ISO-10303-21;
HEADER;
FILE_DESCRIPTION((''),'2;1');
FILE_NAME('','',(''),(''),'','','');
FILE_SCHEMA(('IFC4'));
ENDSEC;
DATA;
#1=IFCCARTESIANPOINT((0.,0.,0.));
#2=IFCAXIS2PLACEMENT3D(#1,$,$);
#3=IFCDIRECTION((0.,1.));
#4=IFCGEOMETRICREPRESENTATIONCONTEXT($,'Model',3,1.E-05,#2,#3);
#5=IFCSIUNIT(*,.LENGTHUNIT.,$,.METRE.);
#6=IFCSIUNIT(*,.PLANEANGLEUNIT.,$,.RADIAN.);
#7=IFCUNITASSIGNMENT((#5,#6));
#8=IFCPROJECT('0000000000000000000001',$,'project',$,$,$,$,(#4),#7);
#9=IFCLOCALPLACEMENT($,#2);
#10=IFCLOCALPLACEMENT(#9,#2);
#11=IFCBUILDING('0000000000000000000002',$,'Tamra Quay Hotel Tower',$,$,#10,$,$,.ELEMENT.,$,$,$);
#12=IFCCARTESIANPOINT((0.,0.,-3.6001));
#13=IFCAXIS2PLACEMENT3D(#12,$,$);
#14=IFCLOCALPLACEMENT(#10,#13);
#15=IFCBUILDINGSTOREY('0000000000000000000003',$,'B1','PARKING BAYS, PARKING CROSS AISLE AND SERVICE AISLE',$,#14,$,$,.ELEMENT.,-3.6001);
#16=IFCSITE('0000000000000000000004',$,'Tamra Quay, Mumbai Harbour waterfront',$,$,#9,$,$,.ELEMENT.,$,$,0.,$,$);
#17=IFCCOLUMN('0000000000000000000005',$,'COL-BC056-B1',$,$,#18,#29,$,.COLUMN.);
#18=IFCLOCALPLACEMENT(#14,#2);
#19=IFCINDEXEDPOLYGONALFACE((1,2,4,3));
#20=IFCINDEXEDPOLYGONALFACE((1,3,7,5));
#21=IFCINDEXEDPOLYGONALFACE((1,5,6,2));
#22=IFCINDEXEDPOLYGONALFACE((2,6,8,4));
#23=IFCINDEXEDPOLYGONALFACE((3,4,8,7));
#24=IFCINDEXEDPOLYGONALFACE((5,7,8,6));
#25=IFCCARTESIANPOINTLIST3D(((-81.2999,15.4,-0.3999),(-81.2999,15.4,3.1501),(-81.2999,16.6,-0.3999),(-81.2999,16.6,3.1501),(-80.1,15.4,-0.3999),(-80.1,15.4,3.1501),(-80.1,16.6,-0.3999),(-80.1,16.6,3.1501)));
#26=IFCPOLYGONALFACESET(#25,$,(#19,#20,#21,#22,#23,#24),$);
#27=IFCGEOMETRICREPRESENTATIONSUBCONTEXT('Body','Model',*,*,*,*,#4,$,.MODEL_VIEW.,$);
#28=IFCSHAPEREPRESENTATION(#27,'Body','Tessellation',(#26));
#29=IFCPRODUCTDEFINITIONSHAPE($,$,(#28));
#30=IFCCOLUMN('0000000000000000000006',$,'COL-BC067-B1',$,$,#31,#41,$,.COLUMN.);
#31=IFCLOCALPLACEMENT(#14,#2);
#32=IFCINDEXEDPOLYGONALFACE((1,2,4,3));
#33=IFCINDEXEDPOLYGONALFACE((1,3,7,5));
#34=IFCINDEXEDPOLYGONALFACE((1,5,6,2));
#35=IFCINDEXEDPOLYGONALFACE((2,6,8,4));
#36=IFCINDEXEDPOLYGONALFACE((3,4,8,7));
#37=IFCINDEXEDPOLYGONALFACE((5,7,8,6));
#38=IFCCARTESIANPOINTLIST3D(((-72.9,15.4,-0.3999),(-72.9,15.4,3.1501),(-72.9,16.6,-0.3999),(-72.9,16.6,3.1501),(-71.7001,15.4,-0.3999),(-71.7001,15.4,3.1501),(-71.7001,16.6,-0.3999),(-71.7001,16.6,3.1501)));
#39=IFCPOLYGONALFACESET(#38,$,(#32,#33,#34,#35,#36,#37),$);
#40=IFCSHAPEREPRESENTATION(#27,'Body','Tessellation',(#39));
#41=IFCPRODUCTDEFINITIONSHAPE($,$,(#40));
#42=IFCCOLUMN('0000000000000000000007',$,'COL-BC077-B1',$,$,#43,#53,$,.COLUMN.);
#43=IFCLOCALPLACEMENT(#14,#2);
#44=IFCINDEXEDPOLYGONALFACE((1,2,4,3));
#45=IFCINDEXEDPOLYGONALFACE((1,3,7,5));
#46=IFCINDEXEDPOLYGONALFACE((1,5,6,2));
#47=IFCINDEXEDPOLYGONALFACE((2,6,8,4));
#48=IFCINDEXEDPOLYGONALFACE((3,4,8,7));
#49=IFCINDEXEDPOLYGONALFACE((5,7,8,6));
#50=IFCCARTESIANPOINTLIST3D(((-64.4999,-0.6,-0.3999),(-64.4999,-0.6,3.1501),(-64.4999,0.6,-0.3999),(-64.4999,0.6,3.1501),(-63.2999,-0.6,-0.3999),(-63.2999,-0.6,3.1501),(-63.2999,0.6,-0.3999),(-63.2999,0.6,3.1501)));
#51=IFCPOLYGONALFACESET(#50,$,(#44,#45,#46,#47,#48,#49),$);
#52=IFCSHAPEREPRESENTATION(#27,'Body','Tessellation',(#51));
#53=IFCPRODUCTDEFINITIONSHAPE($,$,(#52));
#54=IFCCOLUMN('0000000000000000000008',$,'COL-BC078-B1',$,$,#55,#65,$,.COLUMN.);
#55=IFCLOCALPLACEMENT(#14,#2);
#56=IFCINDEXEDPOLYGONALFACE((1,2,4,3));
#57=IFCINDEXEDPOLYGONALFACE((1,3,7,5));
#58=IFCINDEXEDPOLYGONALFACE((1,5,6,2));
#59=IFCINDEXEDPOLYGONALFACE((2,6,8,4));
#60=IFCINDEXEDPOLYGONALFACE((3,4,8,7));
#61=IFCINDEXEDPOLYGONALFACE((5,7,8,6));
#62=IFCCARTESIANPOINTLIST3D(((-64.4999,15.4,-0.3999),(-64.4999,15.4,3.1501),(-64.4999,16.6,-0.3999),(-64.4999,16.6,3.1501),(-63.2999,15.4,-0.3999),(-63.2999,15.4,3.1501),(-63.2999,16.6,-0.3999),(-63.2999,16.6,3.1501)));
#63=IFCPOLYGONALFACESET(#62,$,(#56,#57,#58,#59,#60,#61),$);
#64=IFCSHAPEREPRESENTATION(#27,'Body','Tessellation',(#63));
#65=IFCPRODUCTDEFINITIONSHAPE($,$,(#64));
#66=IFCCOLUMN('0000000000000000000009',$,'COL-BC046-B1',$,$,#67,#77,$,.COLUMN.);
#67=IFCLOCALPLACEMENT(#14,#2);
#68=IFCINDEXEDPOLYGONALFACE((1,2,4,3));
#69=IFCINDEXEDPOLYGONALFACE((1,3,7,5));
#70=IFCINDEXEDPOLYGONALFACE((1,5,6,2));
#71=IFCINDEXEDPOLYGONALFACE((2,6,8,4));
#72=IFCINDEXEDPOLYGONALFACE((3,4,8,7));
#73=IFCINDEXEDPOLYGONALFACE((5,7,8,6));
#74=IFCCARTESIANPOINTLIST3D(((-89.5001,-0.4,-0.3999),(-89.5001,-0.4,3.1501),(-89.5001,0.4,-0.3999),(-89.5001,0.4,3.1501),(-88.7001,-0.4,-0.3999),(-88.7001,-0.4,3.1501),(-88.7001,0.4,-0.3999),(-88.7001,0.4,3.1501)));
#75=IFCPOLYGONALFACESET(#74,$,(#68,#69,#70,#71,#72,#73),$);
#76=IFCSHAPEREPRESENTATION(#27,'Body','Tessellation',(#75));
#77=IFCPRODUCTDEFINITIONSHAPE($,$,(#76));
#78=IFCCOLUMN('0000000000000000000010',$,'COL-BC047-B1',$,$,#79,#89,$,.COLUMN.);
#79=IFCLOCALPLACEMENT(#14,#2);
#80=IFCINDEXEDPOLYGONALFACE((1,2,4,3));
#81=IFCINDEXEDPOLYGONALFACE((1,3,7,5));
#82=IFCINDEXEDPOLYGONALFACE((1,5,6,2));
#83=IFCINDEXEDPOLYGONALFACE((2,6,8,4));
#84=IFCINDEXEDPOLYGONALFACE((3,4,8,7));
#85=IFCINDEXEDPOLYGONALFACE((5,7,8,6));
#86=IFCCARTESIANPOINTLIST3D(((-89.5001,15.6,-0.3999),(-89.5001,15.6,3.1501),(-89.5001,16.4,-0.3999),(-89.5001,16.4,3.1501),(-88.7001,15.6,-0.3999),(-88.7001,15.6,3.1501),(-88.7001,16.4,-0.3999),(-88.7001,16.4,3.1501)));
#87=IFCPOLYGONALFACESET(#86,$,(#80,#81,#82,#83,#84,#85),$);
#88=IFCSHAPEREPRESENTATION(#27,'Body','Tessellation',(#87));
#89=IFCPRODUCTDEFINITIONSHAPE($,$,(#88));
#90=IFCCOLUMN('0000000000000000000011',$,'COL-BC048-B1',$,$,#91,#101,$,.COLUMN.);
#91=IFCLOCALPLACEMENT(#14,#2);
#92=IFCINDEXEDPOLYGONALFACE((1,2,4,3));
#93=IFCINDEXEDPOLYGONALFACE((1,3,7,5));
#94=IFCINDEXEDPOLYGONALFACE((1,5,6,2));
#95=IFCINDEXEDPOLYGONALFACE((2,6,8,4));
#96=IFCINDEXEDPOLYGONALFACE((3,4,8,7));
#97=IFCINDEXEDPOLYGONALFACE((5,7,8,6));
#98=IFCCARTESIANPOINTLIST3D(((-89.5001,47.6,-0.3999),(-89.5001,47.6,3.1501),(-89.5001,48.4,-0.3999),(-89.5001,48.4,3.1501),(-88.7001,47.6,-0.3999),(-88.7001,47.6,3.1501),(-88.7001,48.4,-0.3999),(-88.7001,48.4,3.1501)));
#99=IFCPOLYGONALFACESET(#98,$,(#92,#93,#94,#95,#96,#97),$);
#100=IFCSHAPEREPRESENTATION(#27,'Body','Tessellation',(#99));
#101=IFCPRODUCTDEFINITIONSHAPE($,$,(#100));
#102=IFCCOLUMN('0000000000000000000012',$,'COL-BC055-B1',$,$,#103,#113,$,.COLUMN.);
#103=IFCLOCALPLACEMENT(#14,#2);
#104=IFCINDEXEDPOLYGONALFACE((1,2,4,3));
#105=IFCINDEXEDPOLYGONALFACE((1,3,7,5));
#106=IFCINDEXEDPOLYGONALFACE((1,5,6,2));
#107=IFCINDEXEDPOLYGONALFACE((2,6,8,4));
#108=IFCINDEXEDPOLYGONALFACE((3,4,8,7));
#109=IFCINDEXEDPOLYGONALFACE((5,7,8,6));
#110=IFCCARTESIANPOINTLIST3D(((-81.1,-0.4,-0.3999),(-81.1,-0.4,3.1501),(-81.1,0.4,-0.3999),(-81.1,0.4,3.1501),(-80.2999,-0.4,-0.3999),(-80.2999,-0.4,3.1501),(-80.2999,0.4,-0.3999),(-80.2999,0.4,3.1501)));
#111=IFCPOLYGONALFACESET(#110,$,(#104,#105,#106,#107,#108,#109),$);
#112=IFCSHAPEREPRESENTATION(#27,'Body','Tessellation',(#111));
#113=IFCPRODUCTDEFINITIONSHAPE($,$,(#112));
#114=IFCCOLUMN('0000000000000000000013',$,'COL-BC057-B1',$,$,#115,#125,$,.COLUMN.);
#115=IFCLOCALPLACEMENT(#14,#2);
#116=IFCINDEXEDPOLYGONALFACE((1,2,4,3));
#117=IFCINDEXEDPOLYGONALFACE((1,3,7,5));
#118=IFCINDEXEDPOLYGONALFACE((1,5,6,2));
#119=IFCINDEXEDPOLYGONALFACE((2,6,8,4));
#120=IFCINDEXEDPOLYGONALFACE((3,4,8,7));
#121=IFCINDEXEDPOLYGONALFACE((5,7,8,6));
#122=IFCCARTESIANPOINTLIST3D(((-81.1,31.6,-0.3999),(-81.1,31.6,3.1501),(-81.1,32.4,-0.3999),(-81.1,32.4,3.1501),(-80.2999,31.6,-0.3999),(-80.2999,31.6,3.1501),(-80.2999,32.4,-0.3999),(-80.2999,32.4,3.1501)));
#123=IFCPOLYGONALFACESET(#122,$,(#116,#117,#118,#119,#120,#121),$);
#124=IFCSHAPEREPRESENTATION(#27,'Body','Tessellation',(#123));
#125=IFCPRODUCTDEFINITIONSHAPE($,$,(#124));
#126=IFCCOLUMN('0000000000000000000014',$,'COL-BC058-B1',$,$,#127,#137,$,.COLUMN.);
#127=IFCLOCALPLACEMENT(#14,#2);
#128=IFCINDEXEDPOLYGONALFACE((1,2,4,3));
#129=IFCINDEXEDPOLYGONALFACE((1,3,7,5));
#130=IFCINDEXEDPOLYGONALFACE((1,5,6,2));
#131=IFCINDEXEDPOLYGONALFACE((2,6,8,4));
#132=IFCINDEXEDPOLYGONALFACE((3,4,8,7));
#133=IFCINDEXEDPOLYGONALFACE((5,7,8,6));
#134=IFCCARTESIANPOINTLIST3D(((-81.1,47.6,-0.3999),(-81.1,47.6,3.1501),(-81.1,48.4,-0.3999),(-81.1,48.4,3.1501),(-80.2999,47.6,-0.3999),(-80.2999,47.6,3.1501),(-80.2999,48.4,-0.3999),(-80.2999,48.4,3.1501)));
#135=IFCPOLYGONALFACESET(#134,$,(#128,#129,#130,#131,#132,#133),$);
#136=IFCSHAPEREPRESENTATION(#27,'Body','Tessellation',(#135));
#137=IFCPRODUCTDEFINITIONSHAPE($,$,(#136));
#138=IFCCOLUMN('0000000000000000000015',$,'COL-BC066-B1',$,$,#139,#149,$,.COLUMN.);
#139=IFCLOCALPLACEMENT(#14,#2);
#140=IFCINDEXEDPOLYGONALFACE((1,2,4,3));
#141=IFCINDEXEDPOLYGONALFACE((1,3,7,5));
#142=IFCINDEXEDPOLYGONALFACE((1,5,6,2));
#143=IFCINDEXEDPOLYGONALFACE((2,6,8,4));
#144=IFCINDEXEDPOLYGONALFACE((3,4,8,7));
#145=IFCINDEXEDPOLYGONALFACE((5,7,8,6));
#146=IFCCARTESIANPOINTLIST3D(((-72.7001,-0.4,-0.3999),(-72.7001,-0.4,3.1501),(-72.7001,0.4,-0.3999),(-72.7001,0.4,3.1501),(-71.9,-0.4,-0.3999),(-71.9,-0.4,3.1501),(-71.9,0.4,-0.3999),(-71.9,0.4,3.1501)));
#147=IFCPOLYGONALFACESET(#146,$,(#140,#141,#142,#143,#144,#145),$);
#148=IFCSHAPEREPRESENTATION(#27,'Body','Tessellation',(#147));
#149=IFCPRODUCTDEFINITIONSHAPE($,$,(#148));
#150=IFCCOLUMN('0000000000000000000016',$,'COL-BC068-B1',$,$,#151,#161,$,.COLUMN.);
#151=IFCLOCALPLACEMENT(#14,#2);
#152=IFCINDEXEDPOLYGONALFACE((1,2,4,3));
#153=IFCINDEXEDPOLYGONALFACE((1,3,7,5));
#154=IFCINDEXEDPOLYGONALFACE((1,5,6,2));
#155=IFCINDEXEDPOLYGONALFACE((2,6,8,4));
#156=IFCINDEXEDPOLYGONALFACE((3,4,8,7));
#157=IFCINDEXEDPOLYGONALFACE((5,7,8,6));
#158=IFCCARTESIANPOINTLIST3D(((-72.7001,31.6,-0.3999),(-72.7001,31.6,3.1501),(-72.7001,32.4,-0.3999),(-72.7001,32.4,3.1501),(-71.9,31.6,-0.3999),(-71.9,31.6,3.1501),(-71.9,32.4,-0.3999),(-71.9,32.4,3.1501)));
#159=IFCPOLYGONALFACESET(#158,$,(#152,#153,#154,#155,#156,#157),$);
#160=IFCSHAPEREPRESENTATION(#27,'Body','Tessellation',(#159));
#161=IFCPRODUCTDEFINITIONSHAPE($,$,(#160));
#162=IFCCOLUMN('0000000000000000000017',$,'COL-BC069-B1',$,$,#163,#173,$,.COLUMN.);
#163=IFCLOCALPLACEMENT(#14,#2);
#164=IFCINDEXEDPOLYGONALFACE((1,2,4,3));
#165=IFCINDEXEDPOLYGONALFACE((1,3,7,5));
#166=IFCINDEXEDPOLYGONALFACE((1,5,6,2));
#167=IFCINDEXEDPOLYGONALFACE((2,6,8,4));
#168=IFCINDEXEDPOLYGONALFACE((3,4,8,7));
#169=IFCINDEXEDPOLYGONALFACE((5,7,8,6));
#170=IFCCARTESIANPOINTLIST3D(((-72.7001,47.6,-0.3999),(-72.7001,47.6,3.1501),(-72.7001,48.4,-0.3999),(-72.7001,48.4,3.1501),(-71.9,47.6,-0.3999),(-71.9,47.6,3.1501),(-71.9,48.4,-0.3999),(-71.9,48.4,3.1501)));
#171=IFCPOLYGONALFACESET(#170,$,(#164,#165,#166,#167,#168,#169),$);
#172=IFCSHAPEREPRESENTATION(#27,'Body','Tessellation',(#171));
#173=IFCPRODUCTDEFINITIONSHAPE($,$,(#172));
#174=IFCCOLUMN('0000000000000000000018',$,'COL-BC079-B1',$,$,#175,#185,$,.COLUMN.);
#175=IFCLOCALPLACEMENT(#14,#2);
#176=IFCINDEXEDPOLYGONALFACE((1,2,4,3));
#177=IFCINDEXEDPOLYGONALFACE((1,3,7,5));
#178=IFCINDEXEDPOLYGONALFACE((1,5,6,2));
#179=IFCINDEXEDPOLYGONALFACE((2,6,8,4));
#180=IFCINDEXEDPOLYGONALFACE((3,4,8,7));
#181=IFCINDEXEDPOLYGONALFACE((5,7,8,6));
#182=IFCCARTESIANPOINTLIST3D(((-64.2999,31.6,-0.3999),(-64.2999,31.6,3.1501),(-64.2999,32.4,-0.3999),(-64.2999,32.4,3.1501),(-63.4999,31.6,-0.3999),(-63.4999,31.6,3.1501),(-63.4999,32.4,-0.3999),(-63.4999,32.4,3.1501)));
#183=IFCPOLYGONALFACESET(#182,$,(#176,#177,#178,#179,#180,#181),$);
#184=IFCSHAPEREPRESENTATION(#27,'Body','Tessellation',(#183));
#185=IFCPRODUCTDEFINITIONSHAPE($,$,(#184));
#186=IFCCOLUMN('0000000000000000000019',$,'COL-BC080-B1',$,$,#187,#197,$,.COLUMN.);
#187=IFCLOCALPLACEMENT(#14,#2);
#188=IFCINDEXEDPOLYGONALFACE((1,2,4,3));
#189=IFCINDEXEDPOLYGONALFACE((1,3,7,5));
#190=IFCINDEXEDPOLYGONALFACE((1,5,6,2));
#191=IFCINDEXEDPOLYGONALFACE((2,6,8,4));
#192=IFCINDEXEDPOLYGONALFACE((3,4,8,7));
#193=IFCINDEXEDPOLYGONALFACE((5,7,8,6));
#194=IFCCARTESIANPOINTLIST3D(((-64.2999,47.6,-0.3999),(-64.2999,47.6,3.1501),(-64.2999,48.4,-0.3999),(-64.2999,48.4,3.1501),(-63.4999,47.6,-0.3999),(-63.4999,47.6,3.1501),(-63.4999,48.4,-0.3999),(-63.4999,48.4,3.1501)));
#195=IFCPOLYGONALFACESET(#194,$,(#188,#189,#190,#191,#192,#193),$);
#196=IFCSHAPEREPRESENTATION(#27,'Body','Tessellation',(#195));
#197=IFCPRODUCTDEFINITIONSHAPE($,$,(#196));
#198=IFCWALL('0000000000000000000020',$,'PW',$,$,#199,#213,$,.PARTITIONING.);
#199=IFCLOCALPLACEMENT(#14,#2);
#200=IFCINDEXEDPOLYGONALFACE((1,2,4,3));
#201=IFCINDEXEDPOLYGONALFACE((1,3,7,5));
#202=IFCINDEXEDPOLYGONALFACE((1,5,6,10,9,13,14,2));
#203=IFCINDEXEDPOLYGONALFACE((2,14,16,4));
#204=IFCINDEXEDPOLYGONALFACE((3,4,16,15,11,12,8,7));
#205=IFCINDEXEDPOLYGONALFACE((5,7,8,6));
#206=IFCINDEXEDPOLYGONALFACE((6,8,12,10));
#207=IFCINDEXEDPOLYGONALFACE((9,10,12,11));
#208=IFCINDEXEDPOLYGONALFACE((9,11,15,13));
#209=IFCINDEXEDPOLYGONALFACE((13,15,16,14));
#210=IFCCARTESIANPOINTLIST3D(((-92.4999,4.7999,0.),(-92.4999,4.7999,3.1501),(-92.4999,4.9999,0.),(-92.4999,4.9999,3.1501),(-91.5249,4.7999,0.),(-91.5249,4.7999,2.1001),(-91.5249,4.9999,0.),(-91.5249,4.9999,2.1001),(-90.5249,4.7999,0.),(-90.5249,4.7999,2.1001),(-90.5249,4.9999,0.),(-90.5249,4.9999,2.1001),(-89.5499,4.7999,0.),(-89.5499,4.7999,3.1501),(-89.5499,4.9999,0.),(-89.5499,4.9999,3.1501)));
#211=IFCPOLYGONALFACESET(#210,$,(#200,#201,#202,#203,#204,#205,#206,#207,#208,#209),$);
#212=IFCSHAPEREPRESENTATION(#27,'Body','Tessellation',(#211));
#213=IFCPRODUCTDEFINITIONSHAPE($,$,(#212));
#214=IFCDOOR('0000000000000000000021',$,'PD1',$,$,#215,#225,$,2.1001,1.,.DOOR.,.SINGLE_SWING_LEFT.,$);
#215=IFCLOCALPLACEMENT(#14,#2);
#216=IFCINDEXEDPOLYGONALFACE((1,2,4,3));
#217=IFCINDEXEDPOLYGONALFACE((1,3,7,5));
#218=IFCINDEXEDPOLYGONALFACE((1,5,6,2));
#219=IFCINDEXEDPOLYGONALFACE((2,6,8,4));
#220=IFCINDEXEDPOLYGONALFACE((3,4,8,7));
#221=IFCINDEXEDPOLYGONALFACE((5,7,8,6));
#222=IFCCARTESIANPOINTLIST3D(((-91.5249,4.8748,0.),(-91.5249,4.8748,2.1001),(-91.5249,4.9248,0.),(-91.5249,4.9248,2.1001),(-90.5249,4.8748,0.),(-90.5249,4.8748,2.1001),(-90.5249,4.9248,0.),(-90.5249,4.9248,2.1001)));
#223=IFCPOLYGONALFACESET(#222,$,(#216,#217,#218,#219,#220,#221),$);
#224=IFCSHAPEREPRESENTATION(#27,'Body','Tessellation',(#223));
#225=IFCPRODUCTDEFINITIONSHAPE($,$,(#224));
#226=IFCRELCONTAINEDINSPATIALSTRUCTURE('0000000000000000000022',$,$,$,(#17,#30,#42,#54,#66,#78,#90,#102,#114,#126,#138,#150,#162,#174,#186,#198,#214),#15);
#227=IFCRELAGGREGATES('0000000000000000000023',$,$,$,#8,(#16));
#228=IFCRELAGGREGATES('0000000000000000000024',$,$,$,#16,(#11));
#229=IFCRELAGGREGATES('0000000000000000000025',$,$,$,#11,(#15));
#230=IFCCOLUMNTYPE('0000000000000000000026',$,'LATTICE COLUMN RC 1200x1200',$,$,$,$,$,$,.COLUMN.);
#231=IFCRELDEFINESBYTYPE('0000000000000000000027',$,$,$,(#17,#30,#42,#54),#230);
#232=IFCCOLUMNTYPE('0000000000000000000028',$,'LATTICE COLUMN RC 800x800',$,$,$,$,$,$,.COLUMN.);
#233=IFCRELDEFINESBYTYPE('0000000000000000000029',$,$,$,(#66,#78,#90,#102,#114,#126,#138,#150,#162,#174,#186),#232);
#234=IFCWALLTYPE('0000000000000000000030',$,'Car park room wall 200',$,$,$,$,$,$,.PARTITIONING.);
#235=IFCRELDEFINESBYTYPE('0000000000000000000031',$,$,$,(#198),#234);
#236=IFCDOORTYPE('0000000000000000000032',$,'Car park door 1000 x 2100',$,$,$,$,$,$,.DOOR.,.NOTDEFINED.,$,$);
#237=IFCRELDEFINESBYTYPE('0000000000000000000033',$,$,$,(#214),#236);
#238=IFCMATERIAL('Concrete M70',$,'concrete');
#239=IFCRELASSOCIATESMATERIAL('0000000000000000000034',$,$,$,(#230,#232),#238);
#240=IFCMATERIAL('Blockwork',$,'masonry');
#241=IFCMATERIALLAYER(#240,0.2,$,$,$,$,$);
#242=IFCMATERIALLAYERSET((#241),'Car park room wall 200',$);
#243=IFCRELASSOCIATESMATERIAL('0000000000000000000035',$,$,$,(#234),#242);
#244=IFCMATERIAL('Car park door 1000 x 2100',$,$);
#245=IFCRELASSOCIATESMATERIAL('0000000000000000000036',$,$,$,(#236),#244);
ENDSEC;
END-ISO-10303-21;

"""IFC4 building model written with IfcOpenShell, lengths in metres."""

from ifc_helpers import new_model, si_unit, direction, frame, frame_2d, origin, origin_2d, place, context, subcontext, project, spatial, rectangle, extrude, material, layer, layer_set, material_profile, profile_set, type_object, element, fill, save


model = new_model("IFC4")

# Units and contexts
model_context = context("Model", 3, precision=1e-05, world=origin(), true_north=direction((0.0, 1.0)))
body_context = subcontext(model_context, "Body", "Model", "MODEL_VIEW")
ifc_project = project(units=[si_unit("LENGTHUNIT", "METRE"), si_unit("PLANEANGLEUNIT", "RADIAN")], contexts=[model_context])

# Site, building, storey
site_placement = place(None, origin())
site = spatial("IfcSite", under=ifc_project, at=site_placement, Name="Tamra Quay, Mumbai Harbour waterfront", CompositionType="ELEMENT", RefElevation=0.0)
building_placement = place(site_placement, origin())
building = spatial("IfcBuilding", under=site, at=building_placement, Name="Tamra Quay Hotel Tower", CompositionType="ELEMENT")
storey_placement = place(building_placement, frame((0.0, 0.0, -3.6001)))
storey = spatial("IfcBuildingStorey", under=building, at=storey_placement, Name="B1", Description="PARKING BAYS, PARKING CROSS AISLE AND SERVICE AISLE", CompositionType="ELEMENT", Elevation=-3.6001)

# Columns
ifc_material_1 = material(Name="Concrete M70", Category="concrete")
ifc_material_profile_1 = material_profile(ifc_material_1, rectangle(XDim=1.2, YDim=1.2, at=origin_2d()), Name="LATTICE COLUMN RC 1200x1200")
ifc_profile_set_1 = profile_set([ifc_material_profile_1], Name="Concrete M70")
column_type_1 = type_object("IfcColumnType", Name="LATTICE COLUMN RC 1200x1200", PredefinedType="COLUMN", material=ifc_profile_set_1)
for number, where, z_axis, x_axis, name in (
    (1, (-80.7, 16.0, -0.3999), (0.0, 0.0, 1.0), (1.0, 0.0, 0.0), "COL-BC056-B1"),
    (2, (-72.3, 16.0, -0.3999), (0.0, 0.0, 1.0), (1.0, 0.0, 0.0), "COL-BC067-B1"),
    (3, (-63.8999, 0.0, -0.3999), (0.0, 0.0, 1.0), (1.0, 0.0, 0.0), "COL-BC077-B1"),
    (4, (-63.8999, 16.0, -0.3999), (0.0, 0.0, 1.0), (1.0, 0.0, 0.0), "COL-BC078-B1"),
):
    element("IfcColumn", number, at=place(storey_placement, frame(where, z_axis=z_axis, x_axis=x_axis)), inside=storey, type_object=column_type_1, Name=name, PredefinedType="COLUMN", context=body_context, shape_type="SweptSolid", body=[
        extrude(rectangle(XDim=1.2, YDim=1.2, at=origin_2d()), origin(), (0.0, 0.0, 1.0), 3.55),
    ])
ifc_material_profile_2 = material_profile(ifc_material_1, rectangle(XDim=0.8, YDim=0.8, at=origin_2d()), Name="LATTICE COLUMN RC 800x800")
ifc_profile_set_2 = profile_set([ifc_material_profile_2], Name="Concrete M70")
column_type_2 = type_object("IfcColumnType", Name="LATTICE COLUMN RC 800x800", PredefinedType="COLUMN", material=ifc_profile_set_2)
for number, where, z_axis, x_axis, name in (
    (5, (-89.1001, 0.0, -0.3999), (0.0, 0.0, 1.0), (1.0, 0.0, 0.0), "COL-BC046-B1"),
    (6, (-89.1001, 16.0, -0.3999), (0.0, 0.0, 1.0), (1.0, 0.0, 0.0), "COL-BC047-B1"),
    (7, (-89.1001, 48.0, -0.3999), (0.0, 0.0, 1.0), (1.0, 0.0, 0.0), "COL-BC048-B1"),
    (8, (-80.7, 0.0, -0.3999), (0.0, 0.0, 1.0), (1.0, 0.0, 0.0), "COL-BC055-B1"),
    (9, (-80.7, 32.0, -0.3999), (0.0, 0.0, 1.0), (1.0, 0.0, 0.0), "COL-BC057-B1"),
    (10, (-80.7, 48.0, -0.3999), (0.0, 0.0, 1.0), (1.0, 0.0, 0.0), "COL-BC058-B1"),
    (11, (-72.3, 0.0, -0.3999), (0.0, 0.0, 1.0), (1.0, 0.0, 0.0), "COL-BC066-B1"),
    (12, (-72.3, 32.0, -0.3999), (0.0, 0.0, 1.0), (1.0, 0.0, 0.0), "COL-BC068-B1"),
    (13, (-72.3, 48.0, -0.3999), (0.0, 0.0, 1.0), (1.0, 0.0, 0.0), "COL-BC069-B1"),
    (14, (-63.8999, 32.0, -0.3999), (0.0, 0.0, 1.0), (1.0, 0.0, 0.0), "COL-BC079-B1"),
    (15, (-63.8999, 48.0, -0.3999), (0.0, 0.0, 1.0), (1.0, 0.0, 0.0), "COL-BC080-B1"),
):
    element("IfcColumn", number, at=place(storey_placement, frame(where, z_axis=z_axis, x_axis=x_axis)), inside=storey, type_object=column_type_2, Name=name, PredefinedType="COLUMN", context=body_context, shape_type="SweptSolid", body=[
        extrude(rectangle(XDim=0.8, YDim=0.8, at=origin_2d()), origin(), (0.0, 0.0, 1.0), 3.55),
    ])

# Wall, opening, door
ifc_material_2 = material(Name="Blockwork", Category="masonry")
ifc_layer_1 = layer(ifc_material_2, 0.2)
ifc_layer_set_1 = layer_set([ifc_layer_1], Name="Car park room wall 200")
wall_type_1 = type_object("IfcWallType", Name="Car park room wall 200", PredefinedType="PARTITIONING", material=ifc_layer_set_1)
wall_1_placement = place(storey_placement, frame((-92.5, 4.8999, 0.0), z_axis=(0.0, 0.0, 1.0), x_axis=(1.0, 0.0, 0.0)))
wall_1 = element("IfcWall", 16, at=wall_1_placement, inside=storey, type_object=wall_type_1, Name="PW", PredefinedType="PARTITIONING", context=body_context, shape_type="SweptSolid", body=[
    extrude(rectangle(XDim=2.95, YDim=0.2, at=frame_2d((1.4751, 0.0))), origin(), (0.0, 0.0, 1.0), 3.1501),
])
opening_placement = place(wall_1_placement, frame((0.9751, 0.0, 0.0)))
opening = element("IfcOpeningElement", 17, at=opening_placement, cuts=wall_1, PredefinedType="OPENING", context=body_context, shape_type="SweptSolid", body=[
    extrude(rectangle(XDim=1.0, YDim=2.1001, at=frame_2d((0.5, 1.05))), frame((0.0, 0.1099, 0.0), z_axis=(0.0, -1.0, 0.0), x_axis=(1.0, 0.0, 0.0)), (0.0, 0.0, 1.0), 0.22),
])
ifc_material_3 = material(Name="Car park door 1000 x 2100")
door_type = type_object("IfcDoorType", Name="Car park door 1000 x 2100", OperationType="NOTDEFINED", PredefinedType="DOOR", material=ifc_material_3)
door_placement = place(opening_placement, origin())
door = element("IfcDoor", 18, at=door_placement, inside=storey, type_object=door_type, Name="PD1", OperationType="SINGLE_SWING_LEFT", OverallHeight=2.1001, OverallWidth=1.0, PredefinedType="DOOR", context=body_context, shape_type="SweptSolid", body=[
    extrude(rectangle(XDim=1.0, YDim=2.1001, at=frame_2d((0.5, 1.05))), frame((0.0, 0.0249, 0.0), z_axis=(0.0, -1.0, 0.0), x_axis=(1.0, 0.0, 0.0)), (0.0, 0.0, 1.0), 0.05),
])
fill(opening, door)

save(model, "model.ifc")
